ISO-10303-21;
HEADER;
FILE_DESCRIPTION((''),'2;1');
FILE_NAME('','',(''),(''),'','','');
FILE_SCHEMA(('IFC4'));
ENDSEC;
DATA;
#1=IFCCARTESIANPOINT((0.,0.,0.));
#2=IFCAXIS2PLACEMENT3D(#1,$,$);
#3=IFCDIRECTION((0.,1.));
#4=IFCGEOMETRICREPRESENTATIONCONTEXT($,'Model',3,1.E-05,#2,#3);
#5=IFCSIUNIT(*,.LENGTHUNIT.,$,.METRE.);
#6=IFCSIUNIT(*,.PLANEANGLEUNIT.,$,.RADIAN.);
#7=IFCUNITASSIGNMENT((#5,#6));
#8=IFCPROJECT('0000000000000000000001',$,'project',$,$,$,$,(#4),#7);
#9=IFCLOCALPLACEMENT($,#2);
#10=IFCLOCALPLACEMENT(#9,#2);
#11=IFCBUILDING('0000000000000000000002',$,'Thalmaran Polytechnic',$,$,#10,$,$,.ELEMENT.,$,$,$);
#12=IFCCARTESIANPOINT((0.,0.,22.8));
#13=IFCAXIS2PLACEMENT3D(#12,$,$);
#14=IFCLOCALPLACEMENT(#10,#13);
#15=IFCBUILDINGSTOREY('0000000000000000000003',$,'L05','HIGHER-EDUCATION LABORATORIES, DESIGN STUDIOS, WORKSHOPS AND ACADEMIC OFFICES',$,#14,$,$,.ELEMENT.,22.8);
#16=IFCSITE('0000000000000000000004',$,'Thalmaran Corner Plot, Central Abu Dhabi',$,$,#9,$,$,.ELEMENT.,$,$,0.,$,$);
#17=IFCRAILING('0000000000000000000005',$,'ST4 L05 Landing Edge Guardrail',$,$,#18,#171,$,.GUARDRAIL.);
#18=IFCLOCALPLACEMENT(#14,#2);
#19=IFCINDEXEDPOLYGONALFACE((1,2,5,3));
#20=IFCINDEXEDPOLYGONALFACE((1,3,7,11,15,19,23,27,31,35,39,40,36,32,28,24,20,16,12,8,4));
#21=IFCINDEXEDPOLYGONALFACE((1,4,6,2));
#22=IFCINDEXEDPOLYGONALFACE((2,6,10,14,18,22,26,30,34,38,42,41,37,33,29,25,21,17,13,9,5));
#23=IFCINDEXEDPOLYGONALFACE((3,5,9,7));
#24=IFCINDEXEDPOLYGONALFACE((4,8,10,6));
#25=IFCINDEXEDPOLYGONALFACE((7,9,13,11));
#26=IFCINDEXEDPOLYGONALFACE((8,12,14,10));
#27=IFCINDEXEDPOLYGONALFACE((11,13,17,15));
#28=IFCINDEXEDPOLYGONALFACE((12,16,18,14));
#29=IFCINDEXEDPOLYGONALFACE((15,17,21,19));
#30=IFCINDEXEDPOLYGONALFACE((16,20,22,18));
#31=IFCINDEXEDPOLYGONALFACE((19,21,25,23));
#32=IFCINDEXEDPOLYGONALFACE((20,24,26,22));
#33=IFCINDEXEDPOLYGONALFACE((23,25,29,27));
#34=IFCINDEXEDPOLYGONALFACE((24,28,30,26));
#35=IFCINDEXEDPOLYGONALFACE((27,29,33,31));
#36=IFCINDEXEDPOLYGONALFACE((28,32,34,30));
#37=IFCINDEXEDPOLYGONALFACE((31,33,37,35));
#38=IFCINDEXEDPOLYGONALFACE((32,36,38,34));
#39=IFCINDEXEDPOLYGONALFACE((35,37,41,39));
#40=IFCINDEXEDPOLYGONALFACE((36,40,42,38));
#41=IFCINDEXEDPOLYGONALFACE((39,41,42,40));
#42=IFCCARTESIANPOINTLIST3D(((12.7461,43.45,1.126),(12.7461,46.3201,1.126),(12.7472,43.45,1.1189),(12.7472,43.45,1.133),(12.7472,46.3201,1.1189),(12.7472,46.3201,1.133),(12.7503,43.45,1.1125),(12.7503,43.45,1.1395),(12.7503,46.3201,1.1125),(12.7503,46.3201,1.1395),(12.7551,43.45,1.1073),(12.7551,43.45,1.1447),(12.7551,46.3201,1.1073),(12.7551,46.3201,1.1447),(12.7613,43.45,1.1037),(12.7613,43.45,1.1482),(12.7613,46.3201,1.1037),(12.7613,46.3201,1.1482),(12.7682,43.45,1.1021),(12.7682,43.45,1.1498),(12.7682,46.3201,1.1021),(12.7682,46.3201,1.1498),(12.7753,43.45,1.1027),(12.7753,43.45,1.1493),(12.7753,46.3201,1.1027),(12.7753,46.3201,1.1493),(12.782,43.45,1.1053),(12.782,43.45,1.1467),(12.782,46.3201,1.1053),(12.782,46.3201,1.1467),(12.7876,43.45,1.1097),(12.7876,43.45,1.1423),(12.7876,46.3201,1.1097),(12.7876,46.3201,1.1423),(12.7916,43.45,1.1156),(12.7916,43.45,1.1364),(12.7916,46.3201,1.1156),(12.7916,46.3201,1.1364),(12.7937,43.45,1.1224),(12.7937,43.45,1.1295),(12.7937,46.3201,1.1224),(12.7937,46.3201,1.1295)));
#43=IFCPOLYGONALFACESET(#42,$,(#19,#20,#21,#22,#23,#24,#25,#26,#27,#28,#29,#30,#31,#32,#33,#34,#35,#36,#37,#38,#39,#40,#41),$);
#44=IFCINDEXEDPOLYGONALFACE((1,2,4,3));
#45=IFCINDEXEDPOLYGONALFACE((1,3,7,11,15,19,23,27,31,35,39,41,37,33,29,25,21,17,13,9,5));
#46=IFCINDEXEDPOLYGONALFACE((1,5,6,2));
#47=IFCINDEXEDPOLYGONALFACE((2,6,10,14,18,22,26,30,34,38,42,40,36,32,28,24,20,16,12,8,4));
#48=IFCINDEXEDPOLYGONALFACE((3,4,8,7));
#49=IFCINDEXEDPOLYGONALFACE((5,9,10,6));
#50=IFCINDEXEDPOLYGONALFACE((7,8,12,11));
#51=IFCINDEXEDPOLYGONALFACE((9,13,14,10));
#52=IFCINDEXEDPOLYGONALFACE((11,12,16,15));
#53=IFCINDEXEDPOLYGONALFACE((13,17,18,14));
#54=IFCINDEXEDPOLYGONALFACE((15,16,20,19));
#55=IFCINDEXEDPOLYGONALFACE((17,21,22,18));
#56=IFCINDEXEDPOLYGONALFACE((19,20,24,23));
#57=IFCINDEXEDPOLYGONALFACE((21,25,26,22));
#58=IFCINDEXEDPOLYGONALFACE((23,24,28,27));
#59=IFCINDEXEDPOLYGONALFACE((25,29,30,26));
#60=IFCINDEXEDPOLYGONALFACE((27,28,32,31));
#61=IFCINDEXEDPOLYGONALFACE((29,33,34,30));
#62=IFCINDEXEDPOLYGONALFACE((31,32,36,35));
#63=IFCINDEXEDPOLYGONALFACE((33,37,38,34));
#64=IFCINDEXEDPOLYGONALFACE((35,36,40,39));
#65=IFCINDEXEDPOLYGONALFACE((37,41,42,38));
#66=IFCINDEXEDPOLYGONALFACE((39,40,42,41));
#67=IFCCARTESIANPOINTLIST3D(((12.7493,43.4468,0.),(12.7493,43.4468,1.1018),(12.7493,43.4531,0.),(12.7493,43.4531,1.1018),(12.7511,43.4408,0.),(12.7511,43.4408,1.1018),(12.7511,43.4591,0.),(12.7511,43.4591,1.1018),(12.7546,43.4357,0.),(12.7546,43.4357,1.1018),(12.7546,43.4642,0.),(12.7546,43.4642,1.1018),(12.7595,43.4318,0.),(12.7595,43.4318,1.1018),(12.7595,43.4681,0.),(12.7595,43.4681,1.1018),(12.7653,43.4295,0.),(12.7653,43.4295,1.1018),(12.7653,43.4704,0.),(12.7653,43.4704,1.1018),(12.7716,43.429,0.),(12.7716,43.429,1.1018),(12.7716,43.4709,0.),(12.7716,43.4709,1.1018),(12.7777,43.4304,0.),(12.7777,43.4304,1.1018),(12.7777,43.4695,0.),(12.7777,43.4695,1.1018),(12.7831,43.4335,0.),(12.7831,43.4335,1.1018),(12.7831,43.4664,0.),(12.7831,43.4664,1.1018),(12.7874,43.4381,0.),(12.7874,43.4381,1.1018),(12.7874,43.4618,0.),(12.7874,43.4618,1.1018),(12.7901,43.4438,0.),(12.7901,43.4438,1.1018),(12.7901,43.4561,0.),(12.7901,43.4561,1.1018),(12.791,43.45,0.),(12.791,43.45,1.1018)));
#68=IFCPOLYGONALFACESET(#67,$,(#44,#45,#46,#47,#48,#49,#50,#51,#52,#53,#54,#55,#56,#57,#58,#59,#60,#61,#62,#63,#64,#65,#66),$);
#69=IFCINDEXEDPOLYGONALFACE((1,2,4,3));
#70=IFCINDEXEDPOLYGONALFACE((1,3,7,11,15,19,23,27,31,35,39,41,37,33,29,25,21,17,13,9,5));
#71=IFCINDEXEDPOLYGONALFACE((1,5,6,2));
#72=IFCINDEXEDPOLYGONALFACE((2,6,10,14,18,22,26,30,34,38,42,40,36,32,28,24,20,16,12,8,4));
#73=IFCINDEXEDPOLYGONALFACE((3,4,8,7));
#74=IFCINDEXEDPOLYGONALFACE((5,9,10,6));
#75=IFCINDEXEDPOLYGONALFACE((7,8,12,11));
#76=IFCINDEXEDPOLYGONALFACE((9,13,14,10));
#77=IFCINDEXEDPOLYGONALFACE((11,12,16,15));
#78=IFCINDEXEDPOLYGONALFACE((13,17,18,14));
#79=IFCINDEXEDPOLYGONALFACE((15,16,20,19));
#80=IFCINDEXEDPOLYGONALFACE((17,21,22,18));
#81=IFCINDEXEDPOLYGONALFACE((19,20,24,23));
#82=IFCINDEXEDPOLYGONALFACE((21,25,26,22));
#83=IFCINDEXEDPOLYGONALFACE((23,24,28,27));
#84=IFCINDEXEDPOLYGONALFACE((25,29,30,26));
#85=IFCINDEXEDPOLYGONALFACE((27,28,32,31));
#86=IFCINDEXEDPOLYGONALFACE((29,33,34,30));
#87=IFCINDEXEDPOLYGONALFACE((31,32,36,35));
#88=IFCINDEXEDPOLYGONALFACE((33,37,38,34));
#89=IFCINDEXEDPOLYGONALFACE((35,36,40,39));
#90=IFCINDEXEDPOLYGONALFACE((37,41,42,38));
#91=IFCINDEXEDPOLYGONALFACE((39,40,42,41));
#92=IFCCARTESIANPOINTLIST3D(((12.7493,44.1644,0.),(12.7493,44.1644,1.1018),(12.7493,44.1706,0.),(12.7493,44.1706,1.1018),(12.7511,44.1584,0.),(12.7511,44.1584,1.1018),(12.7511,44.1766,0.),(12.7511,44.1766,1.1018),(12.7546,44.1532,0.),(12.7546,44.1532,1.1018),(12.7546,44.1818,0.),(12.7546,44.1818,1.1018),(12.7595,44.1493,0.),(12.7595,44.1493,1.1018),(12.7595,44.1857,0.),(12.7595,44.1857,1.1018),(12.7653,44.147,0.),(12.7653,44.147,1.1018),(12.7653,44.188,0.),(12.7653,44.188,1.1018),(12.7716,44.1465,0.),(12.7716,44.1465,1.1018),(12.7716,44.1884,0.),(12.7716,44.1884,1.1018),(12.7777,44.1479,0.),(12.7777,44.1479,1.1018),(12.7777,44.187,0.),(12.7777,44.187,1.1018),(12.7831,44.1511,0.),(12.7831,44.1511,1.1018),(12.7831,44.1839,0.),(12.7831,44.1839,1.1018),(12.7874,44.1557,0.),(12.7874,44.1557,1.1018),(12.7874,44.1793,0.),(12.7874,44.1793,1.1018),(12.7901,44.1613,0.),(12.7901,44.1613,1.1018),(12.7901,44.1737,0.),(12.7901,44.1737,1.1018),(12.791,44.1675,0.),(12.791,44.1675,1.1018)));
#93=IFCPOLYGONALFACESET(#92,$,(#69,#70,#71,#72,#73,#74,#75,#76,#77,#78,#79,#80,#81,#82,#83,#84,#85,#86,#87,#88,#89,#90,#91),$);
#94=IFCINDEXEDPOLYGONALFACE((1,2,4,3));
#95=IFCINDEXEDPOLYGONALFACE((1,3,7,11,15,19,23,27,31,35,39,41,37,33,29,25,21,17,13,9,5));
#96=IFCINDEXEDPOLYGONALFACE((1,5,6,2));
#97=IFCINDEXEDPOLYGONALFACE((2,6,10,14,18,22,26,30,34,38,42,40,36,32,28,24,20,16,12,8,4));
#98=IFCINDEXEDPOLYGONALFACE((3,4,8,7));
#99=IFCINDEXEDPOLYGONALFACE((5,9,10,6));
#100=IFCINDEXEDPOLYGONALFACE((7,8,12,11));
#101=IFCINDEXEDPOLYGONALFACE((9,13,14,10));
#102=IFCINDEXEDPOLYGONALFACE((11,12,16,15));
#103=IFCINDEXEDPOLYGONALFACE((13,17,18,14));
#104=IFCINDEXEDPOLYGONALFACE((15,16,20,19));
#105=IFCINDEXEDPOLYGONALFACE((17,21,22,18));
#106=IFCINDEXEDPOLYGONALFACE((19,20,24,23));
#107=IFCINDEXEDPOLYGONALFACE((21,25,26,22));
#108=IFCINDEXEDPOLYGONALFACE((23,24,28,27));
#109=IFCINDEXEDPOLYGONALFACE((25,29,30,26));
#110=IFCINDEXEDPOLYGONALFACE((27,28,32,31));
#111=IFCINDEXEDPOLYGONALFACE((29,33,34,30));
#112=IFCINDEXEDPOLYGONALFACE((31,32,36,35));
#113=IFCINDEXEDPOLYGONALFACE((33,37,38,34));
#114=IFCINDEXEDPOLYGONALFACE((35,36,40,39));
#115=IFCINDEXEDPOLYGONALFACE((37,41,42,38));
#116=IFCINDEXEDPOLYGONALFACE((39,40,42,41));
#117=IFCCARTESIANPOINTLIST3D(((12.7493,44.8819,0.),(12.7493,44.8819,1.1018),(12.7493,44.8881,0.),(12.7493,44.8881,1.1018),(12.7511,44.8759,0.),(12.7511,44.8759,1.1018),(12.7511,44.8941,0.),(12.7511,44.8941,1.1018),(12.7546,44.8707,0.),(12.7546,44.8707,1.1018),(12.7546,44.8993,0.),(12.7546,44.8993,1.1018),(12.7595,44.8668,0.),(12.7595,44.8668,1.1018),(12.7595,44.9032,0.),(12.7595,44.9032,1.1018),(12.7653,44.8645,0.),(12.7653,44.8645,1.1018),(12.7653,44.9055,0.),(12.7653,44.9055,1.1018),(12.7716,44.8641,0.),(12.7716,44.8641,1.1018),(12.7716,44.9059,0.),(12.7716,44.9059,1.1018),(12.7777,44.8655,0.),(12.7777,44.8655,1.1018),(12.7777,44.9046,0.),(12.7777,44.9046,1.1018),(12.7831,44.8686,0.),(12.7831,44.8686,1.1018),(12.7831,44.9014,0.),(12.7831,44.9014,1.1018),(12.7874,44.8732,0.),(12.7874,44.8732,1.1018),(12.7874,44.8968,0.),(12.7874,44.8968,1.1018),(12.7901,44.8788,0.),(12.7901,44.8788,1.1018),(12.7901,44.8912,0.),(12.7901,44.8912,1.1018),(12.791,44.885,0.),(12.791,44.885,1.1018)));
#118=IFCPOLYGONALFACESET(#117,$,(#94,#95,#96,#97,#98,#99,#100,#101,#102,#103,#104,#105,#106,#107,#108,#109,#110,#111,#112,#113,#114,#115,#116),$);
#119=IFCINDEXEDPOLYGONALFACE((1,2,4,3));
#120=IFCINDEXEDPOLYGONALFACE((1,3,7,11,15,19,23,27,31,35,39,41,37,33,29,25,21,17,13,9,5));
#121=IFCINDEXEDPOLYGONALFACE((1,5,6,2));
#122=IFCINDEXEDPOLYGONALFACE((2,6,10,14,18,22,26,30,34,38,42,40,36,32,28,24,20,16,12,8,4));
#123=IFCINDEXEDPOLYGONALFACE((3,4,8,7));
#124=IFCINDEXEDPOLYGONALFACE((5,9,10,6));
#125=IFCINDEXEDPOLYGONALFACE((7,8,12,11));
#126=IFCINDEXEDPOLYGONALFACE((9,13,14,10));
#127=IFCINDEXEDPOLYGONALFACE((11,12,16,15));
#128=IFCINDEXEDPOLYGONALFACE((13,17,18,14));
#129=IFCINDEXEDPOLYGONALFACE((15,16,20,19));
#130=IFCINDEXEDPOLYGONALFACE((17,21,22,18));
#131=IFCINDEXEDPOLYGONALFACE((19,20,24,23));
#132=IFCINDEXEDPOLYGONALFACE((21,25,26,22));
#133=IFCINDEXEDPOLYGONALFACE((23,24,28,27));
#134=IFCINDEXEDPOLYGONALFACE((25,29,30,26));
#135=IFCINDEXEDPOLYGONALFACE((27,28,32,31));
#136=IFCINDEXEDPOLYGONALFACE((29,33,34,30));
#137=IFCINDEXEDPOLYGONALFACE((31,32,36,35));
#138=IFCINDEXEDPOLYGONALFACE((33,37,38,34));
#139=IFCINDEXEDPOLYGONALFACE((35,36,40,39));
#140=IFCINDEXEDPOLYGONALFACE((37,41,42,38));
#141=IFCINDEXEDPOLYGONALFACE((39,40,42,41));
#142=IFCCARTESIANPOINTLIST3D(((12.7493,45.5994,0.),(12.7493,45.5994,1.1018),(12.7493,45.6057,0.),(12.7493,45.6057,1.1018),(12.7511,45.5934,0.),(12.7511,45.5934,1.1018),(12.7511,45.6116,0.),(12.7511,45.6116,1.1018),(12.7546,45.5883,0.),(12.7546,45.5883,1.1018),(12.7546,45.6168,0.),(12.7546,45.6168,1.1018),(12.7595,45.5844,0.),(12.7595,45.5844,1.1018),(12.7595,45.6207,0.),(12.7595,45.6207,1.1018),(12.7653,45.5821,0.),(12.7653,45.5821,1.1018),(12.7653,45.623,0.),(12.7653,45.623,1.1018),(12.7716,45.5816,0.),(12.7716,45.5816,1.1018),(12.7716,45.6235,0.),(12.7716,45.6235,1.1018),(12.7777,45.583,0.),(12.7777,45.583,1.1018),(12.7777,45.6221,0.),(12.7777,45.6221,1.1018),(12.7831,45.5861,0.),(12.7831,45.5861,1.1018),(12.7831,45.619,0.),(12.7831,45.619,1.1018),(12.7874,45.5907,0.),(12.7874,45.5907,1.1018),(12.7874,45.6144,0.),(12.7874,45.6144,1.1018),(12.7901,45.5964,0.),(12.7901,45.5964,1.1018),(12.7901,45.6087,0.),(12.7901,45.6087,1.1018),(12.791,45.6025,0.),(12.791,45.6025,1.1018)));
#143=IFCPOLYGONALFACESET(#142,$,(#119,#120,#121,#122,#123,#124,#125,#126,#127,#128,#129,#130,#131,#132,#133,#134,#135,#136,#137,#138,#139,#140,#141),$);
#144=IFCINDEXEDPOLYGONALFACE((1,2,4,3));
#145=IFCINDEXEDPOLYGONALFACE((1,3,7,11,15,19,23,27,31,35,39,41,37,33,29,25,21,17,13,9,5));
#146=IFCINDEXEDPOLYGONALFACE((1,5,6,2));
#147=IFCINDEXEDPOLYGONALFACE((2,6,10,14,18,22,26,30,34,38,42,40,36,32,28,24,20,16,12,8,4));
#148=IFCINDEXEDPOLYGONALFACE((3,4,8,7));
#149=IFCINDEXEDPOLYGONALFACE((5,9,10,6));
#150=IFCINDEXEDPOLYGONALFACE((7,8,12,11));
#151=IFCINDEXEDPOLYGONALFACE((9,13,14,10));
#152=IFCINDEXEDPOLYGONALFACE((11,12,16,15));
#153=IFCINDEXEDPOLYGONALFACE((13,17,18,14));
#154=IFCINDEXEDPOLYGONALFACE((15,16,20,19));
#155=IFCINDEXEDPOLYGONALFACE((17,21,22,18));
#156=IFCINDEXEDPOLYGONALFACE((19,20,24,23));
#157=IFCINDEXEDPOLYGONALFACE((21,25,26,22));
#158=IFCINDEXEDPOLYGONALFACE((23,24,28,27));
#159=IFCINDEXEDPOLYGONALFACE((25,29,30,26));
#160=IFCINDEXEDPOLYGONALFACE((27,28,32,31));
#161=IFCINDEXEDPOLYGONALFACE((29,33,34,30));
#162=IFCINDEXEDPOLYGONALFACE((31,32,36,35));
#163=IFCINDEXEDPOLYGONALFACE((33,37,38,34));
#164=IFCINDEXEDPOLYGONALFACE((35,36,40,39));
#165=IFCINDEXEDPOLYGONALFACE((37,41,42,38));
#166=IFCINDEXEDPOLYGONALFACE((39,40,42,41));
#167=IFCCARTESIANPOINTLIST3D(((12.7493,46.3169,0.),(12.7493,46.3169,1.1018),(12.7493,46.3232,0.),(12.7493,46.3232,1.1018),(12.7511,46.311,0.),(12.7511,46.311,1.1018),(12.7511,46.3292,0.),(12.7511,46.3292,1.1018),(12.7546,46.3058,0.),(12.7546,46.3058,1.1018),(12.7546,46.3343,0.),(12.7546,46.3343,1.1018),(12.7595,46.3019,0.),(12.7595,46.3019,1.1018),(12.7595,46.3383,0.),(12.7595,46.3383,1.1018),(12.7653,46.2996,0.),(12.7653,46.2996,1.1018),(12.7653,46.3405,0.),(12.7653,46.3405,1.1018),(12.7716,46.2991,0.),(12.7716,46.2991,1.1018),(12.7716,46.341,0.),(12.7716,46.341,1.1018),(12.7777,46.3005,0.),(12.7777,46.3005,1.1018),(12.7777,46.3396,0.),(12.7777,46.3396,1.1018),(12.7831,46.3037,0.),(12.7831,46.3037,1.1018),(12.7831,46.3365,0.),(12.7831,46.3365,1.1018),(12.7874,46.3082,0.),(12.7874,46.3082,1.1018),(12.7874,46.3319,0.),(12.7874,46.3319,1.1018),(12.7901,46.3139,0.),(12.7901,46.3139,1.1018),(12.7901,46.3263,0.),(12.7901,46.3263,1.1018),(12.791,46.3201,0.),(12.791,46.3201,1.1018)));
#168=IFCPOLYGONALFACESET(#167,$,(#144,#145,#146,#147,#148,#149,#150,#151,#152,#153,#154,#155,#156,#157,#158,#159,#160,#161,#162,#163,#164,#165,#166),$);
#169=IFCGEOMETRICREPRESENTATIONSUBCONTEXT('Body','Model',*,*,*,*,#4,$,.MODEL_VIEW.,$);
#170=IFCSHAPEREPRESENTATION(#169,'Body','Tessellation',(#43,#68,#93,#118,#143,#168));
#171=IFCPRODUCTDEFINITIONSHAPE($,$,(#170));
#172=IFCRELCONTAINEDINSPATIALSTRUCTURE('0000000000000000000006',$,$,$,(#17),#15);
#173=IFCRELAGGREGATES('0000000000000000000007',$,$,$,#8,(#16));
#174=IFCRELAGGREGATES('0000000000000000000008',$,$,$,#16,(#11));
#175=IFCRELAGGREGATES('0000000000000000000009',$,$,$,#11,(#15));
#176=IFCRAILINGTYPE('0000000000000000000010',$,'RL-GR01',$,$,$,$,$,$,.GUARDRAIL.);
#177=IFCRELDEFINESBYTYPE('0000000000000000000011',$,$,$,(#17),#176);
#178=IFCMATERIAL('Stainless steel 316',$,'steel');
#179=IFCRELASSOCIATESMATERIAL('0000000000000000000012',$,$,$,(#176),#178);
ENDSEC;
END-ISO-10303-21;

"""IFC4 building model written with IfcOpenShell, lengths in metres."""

from ifc_helpers import new_model, si_unit, direction, frame, origin, origin_2d, place, context, subcontext, project, spatial, circle, extrude, material, type_object, element, save


model = new_model("IFC4")

# Units and contexts
model_context = context("Model", 3, precision=1e-05, world=origin(), true_north=direction((0.0, 1.0)))
body_context = subcontext(model_context, "Body", "Model", "MODEL_VIEW")
ifc_project = project(units=[si_unit("LENGTHUNIT", "METRE"), si_unit("PLANEANGLEUNIT", "RADIAN")], contexts=[model_context])

# Site, building, storey
site_placement = place(None, origin())
site = spatial("IfcSite", under=ifc_project, at=site_placement, Name="Thalmaran Corner Plot, Central Abu Dhabi", CompositionType="ELEMENT", RefElevation=0.0)
building_placement = place(site_placement, origin())
building = spatial("IfcBuilding", under=site, at=building_placement, Name="Thalmaran Polytechnic", CompositionType="ELEMENT")
storey_placement = place(building_placement, frame((0.0, 0.0, 22.8)))
storey = spatial("IfcBuildingStorey", under=building, at=storey_placement, Name="L05", Description="HIGHER-EDUCATION LABORATORIES, DESIGN STUDIOS, WORKSHOPS AND ACADEMIC OFFICES", CompositionType="ELEMENT", Elevation=22.8)

# Railing
ifc_material_1 = material(Name="Stainless steel 316", Category="steel")
railing_type_1 = type_object("IfcRailingType", Name="RL-GR01", PredefinedType="GUARDRAIL", material=ifc_material_1)
railing_1_placement = place(storey_placement, frame((12.77, 43.45, 0.0)))
element("IfcRailing", 1, at=railing_1_placement, inside=storey, type_object=railing_type_1, Name="ST4 L05 Landing Edge Guardrail", PredefinedType="GUARDRAIL", context=body_context, shape_type="SweptSolid", body=[
    extrude(circle(Radius=0.0239, at=origin_2d()), frame((0.0, 0.0, 1.126), z_axis=(0.0, 1.0, 0.0), x_axis=(-1.0, 0.0, 0.0)), (0.0, 0.0, 1.0), 2.8701),
    extrude(circle(Radius=0.021, at=origin_2d()), origin(), (0.0, 0.0, 1.0), 1.1018),
    extrude(circle(Radius=0.021, at=origin_2d()), frame((0.0, 0.7175, 0.0)), (0.0, 0.0, 1.0), 1.1018),
    extrude(circle(Radius=0.021, at=origin_2d()), frame((0.0, 1.4351, 0.0)), (0.0, 0.0, 1.0), 1.1018),
    extrude(circle(Radius=0.021, at=origin_2d()), frame((0.0, 2.1526, 0.0)), (0.0, 0.0, 1.0), 1.1018),
    extrude(circle(Radius=0.021, at=origin_2d()), frame((0.0, 2.8701, 0.0)), (0.0, 0.0, 1.0), 1.1018),
])

save(model, "model.ifc")
